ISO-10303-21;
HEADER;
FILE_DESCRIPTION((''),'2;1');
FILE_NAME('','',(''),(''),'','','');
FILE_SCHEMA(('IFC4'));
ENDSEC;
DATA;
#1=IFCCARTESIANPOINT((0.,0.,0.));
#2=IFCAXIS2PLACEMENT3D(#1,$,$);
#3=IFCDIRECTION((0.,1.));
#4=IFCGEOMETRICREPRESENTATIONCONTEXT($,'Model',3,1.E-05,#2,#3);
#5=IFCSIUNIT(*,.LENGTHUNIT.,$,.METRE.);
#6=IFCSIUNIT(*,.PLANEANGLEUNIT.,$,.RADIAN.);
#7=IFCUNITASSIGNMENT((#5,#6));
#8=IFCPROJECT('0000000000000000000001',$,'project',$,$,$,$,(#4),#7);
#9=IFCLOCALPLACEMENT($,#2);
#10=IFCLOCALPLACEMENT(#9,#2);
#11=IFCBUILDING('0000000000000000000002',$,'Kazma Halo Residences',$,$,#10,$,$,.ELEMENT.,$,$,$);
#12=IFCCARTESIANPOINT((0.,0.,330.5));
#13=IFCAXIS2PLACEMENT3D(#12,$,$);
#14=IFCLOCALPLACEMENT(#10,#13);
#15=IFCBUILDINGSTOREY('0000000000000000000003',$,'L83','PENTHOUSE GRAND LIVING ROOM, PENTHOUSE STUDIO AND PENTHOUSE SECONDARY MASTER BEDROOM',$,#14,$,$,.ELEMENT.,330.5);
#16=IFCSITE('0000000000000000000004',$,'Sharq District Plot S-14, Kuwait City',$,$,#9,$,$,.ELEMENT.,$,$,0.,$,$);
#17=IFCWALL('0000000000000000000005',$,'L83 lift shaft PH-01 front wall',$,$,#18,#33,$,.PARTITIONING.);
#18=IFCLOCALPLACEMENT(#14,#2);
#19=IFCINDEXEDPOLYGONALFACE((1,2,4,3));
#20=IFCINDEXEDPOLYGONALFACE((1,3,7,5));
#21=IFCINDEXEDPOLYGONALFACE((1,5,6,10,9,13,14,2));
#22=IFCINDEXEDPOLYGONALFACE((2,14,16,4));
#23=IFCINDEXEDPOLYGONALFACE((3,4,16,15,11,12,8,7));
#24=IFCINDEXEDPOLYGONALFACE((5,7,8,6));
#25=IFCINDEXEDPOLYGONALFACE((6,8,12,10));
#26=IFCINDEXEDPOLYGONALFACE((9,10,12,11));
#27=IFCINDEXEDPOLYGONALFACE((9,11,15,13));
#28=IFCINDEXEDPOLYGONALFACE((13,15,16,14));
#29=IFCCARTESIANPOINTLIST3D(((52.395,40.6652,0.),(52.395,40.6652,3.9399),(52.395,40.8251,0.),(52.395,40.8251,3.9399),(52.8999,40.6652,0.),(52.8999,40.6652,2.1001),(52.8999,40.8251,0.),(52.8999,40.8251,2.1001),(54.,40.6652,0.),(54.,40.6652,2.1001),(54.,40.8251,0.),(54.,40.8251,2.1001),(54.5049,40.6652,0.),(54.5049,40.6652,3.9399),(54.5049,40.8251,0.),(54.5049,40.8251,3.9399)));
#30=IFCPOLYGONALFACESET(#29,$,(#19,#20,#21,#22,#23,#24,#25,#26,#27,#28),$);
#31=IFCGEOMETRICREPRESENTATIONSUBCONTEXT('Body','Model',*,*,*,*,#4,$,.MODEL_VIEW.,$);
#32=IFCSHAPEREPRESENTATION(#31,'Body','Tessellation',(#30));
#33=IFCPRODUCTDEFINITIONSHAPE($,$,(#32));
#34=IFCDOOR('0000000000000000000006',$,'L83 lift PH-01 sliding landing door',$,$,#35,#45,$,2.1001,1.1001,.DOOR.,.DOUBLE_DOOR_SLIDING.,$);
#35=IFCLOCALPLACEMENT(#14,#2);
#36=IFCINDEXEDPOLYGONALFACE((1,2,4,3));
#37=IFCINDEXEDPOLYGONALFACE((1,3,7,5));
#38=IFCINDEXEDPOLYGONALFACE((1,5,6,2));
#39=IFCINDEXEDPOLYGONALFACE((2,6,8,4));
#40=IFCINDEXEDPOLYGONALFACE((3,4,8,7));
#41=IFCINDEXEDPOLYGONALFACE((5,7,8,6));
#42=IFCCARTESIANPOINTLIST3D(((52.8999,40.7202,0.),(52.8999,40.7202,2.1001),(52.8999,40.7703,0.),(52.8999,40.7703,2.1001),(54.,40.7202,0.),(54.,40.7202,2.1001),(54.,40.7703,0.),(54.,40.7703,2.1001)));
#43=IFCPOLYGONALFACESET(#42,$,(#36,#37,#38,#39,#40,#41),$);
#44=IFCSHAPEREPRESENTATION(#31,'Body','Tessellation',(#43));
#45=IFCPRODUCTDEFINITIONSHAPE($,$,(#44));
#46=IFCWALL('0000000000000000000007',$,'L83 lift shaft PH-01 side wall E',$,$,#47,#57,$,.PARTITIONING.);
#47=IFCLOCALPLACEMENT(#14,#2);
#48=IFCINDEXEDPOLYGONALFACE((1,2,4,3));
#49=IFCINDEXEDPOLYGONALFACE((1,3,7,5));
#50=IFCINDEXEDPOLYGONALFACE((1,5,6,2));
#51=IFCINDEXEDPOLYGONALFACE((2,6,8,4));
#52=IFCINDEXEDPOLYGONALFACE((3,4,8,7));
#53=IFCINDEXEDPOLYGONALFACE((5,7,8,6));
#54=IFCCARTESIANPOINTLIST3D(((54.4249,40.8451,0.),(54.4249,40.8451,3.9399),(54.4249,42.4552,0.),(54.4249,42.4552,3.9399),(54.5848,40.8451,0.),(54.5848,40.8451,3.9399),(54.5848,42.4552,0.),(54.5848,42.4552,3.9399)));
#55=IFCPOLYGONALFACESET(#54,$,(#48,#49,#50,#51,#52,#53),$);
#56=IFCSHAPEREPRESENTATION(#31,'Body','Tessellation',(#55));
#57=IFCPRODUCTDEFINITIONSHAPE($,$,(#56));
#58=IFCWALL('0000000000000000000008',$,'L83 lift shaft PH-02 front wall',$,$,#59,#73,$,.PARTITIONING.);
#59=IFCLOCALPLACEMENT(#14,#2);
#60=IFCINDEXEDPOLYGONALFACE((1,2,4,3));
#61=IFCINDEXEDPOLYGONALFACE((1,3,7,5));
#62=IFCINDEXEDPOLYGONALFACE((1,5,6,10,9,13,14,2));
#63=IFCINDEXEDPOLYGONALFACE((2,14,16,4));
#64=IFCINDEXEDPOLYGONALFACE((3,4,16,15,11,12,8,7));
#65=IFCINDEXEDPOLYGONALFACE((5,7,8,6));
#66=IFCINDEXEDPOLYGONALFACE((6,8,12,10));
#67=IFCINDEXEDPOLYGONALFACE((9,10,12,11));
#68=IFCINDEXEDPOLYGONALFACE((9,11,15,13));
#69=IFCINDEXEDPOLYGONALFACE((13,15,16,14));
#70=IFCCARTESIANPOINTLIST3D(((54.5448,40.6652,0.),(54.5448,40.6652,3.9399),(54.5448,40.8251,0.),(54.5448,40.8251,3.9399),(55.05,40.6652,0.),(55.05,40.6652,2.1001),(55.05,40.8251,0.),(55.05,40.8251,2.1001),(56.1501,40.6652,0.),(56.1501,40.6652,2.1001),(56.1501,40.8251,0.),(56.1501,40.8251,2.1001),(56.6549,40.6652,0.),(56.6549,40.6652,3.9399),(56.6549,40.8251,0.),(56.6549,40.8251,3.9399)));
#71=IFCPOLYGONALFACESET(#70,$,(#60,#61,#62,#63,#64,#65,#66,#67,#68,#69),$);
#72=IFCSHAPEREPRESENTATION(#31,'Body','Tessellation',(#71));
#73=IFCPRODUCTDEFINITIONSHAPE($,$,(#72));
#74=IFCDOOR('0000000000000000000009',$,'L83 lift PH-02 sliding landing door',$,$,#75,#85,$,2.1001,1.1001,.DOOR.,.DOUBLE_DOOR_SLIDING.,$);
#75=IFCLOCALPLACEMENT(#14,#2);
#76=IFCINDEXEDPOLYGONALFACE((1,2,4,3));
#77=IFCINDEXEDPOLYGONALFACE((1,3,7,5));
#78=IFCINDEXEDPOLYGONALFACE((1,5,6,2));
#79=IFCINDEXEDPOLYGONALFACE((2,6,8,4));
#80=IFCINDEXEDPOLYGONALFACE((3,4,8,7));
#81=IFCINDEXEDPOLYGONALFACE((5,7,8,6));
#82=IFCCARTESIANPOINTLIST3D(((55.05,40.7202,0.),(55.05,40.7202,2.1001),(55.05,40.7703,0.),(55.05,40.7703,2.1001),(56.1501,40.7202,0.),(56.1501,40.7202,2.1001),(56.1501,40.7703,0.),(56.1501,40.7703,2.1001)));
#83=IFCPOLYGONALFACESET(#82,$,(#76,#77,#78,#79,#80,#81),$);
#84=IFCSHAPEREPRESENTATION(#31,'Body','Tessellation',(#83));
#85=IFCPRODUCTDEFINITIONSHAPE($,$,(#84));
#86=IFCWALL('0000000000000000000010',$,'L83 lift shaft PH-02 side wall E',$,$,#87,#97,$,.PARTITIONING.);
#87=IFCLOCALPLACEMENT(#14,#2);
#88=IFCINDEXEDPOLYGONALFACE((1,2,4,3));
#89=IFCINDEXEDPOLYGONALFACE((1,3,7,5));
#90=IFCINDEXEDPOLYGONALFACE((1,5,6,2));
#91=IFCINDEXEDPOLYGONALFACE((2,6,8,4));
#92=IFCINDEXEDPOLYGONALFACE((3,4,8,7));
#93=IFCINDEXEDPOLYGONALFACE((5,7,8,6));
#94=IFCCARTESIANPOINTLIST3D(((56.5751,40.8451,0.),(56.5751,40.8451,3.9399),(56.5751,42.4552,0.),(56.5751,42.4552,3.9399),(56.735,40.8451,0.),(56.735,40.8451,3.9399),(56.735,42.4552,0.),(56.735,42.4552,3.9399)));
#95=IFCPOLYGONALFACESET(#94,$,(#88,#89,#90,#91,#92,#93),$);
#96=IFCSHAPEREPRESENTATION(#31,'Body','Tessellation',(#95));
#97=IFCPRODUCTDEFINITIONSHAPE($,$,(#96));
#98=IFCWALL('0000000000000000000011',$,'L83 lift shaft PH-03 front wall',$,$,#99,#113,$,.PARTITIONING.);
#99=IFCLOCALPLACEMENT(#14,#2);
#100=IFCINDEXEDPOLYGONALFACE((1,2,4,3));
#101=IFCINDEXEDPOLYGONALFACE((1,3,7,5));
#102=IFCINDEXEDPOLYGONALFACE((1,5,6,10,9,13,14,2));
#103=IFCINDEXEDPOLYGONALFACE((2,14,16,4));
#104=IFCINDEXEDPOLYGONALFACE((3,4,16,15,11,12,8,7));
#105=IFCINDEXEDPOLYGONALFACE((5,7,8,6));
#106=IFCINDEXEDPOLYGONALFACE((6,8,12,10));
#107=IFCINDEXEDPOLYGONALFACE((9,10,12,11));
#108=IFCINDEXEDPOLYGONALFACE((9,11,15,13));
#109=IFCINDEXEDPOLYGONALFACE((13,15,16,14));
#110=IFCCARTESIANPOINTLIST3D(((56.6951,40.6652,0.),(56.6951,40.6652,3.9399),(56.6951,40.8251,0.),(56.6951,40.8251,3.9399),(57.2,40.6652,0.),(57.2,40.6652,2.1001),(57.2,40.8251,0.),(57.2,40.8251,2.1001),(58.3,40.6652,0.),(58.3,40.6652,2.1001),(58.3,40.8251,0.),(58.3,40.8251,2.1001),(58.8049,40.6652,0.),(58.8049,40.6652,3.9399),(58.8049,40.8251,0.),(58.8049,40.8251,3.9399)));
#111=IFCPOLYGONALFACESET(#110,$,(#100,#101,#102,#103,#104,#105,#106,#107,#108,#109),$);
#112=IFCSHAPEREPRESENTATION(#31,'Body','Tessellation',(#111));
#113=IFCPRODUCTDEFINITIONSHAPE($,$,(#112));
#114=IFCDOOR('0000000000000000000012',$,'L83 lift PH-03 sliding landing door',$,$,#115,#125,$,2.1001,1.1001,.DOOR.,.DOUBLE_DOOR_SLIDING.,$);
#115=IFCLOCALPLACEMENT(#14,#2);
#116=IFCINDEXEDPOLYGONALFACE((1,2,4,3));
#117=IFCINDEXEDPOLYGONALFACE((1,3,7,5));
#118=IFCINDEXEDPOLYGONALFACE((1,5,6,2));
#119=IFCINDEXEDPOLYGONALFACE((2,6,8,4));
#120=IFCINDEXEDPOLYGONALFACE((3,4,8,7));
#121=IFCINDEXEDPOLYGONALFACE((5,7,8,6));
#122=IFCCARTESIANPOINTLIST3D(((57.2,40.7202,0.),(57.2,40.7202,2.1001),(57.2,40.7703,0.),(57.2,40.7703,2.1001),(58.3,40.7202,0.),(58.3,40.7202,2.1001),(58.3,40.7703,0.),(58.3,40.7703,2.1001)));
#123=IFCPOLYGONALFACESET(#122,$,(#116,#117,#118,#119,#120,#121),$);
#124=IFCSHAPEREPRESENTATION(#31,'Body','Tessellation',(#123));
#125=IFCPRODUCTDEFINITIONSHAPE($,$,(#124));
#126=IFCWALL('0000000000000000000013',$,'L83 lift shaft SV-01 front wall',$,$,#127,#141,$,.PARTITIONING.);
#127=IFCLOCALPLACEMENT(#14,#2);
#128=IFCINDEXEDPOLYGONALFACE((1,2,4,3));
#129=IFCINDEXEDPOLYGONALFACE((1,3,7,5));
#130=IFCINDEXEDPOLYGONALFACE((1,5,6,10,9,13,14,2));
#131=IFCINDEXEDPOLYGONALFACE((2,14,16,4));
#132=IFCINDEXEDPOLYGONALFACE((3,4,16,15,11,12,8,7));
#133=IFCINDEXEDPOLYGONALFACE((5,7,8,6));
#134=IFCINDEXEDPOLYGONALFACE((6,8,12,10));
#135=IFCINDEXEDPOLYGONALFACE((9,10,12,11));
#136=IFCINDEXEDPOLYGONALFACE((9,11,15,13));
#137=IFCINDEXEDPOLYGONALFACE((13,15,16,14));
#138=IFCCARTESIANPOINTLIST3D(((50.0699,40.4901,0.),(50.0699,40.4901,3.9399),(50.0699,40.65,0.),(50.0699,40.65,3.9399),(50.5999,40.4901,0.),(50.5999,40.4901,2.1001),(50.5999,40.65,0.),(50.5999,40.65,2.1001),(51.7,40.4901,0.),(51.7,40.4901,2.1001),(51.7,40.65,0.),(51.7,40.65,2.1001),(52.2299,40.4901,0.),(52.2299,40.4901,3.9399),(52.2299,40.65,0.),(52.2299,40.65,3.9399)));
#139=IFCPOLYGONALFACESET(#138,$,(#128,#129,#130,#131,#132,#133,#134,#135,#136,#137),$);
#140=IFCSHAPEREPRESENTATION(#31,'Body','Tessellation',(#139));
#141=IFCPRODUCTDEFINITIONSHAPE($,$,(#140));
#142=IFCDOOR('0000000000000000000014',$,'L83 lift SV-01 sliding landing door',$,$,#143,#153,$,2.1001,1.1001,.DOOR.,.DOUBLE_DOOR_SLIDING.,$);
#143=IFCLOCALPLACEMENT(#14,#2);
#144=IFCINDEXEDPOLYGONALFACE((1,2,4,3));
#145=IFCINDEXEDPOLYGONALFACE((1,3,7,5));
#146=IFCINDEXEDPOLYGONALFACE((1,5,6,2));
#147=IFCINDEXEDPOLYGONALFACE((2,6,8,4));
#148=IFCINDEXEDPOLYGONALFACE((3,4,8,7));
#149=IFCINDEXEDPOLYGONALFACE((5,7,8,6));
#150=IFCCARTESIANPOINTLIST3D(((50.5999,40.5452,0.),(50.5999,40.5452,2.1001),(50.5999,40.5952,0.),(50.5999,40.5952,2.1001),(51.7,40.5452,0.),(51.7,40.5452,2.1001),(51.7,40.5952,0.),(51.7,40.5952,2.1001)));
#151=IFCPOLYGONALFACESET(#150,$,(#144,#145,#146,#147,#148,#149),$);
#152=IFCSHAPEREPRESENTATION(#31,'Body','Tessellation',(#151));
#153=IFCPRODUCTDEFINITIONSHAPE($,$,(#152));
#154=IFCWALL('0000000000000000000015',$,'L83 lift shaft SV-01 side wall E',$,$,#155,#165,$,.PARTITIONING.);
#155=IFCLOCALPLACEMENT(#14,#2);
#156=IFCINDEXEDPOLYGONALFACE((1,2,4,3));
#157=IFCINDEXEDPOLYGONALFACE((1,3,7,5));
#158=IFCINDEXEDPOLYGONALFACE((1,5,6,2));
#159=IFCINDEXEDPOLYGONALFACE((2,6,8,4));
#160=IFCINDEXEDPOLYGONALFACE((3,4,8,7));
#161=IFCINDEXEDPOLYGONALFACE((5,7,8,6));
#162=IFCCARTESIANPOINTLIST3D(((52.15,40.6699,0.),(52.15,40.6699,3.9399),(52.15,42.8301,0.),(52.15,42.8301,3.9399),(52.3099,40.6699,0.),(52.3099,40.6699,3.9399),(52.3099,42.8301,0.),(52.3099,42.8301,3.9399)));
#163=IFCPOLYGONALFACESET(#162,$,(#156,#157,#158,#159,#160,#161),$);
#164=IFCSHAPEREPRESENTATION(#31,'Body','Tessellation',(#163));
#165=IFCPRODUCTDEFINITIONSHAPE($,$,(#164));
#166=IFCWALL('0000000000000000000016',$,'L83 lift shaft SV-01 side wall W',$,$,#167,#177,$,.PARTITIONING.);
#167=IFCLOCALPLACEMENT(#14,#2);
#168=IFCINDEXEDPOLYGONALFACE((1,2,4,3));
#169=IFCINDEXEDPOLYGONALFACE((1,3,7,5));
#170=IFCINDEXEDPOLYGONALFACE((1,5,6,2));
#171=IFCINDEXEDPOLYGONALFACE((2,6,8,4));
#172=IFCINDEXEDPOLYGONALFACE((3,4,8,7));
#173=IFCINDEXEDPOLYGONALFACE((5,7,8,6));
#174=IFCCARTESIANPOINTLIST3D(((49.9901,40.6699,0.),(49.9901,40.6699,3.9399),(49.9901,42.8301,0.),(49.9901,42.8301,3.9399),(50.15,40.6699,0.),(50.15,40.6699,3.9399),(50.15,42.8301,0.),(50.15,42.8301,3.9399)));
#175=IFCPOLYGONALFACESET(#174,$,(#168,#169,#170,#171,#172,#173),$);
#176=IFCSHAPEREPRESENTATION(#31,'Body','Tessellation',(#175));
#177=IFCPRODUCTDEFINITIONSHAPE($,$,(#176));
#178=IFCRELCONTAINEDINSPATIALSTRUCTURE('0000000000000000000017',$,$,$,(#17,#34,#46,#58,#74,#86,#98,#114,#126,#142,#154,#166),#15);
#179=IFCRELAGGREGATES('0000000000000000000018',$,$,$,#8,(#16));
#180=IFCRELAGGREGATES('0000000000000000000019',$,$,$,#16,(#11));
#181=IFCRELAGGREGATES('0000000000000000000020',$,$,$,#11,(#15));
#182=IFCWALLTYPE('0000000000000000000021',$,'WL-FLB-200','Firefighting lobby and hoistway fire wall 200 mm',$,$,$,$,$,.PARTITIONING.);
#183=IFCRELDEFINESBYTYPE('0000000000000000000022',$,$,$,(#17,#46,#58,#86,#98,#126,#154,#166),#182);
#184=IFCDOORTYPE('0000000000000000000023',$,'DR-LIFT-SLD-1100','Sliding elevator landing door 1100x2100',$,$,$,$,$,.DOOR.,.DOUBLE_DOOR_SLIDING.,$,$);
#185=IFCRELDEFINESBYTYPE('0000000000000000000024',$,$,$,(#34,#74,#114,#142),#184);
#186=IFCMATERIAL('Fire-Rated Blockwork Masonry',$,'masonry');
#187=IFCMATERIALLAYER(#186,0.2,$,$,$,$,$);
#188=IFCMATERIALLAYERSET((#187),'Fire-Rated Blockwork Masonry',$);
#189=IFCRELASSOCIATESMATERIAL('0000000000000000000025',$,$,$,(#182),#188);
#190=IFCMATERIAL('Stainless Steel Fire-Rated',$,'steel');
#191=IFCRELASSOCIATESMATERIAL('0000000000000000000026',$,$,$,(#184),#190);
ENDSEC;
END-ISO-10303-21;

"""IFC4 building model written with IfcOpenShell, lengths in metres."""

from ifc_helpers import new_model, si_unit, direction, frame, frame_2d, origin, place, context, subcontext, project, spatial, rectangle, extrude, material, layer, layer_set, type_object, element, fill, save


model = new_model("IFC4")

# Units and contexts
model_context = context("Model", 3, precision=1e-05, world=origin(), true_north=direction((0.0, 1.0)))
body_context = subcontext(model_context, "Body", "Model", "MODEL_VIEW")
ifc_project = project(units=[si_unit("LENGTHUNIT", "METRE"), si_unit("PLANEANGLEUNIT", "RADIAN")], contexts=[model_context])

# Site, building, storey
site_placement = place(None, origin())
site = spatial("IfcSite", under=ifc_project, at=site_placement, Name="Sharq District Plot S-14, Kuwait City", CompositionType="ELEMENT", RefElevation=0.0)
building_placement = place(site_placement, origin())
building = spatial("IfcBuilding", under=site, at=building_placement, Name="Kazma Halo Residences", CompositionType="ELEMENT")
storey_placement = place(building_placement, frame((0.0, 0.0, 330.5)))
storey = spatial("IfcBuildingStorey", under=building, at=storey_placement, Name="L83", Description="PENTHOUSE GRAND LIVING ROOM, PENTHOUSE STUDIO AND PENTHOUSE SECONDARY MASTER BEDROOM", CompositionType="ELEMENT", Elevation=330.5)

# Wall, opening, door
ifc_material_1 = material(Name="Fire-Rated Blockwork Masonry", Category="masonry")
ifc_layer_1 = layer(ifc_material_1, 0.2)
ifc_layer_set_1 = layer_set([ifc_layer_1], Name="Fire-Rated Blockwork Masonry")
wall_type_1 = type_object("IfcWallType", Name="WL-FLB-200", Description="Firefighting lobby and hoistway fire wall 200 mm", PredefinedType="PARTITIONING", material=ifc_layer_set_1)
wall_1_placement = place(storey_placement, frame((54.5049, 40.7451, 0.0), z_axis=(0.0, 0.0, 1.0), x_axis=(-1.0, 0.0, 0.0)))
wall_1 = element("IfcWall", 1, at=wall_1_placement, inside=storey, type_object=wall_type_1, Name="L83 lift shaft PH-01 front wall", PredefinedType="PARTITIONING", context=body_context, shape_type="SweptSolid", body=[
    extrude(rectangle(XDim=2.1099, YDim=0.1599, at=frame_2d((1.0549, 0.0))), origin(), (0.0, 0.0, 1.0), 3.9399),
])
opening_1_placement = place(wall_1_placement, frame((0.5049, 0.0, 0.0)))
opening_1 = element("IfcOpeningElement", 2, at=opening_1_placement, cuts=wall_1, PredefinedType="OPENING", context=body_context, shape_type="SweptSolid", body=[
    extrude(rectangle(XDim=1.1001, YDim=2.1001, at=frame_2d((0.55, 1.05))), frame((0.0, 0.0898, 0.0), z_axis=(0.0, -1.0, 0.0), x_axis=(1.0, 0.0, 0.0)), (0.0, 0.0, 1.0), 0.1799),
])
ifc_material_2 = material(Name="Stainless Steel Fire-Rated", Category="steel")
door_type_1 = type_object("IfcDoorType", Name="DR-LIFT-SLD-1100", Description="Sliding elevator landing door 1100x2100", OperationType="DOUBLE_DOOR_SLIDING", PredefinedType="DOOR", material=ifc_material_2)
door_1_placement = place(opening_1_placement, origin())
door_1 = element("IfcDoor", 3, at=door_1_placement, inside=storey, type_object=door_type_1, Name="L83 lift PH-01 sliding landing door", OperationType="DOUBLE_DOOR_SLIDING", OverallHeight=2.1001, OverallWidth=1.1001, PredefinedType="DOOR", context=body_context, shape_type="SweptSolid", body=[
    extrude(rectangle(XDim=1.1001, YDim=2.1001, at=frame_2d((0.55, 1.05))), frame((0.0, 0.0249, 0.0), z_axis=(0.0, -1.0, 0.0), x_axis=(1.0, 0.0, 0.0)), (0.0, 0.0, 1.0), 0.05),
])
fill(opening_1, door_1)

# Wall
wall_2_placement = place(storey_placement, frame((54.5049, 40.845, 0.0), z_axis=(0.0, 0.0, 1.0), x_axis=(0.0, 1.0, 0.0)))
element("IfcWall", 4, at=wall_2_placement, inside=storey, type_object=wall_type_1, Name="L83 lift shaft PH-01 side wall E", PredefinedType="PARTITIONING", context=body_context, shape_type="SweptSolid", body=[
    extrude(rectangle(XDim=1.6101, YDim=0.1599, at=frame_2d((0.8052, 0.0))), origin(), (0.0, 0.0, 1.0), 3.9399),
])

# Wall, opening, door
wall_3_placement = place(storey_placement, frame((56.655, 40.7451, 0.0), z_axis=(0.0, 0.0, 1.0), x_axis=(-1.0, 0.0, 0.0)))
wall_3 = element("IfcWall", 5, at=wall_3_placement, inside=storey, type_object=wall_type_1, Name="L83 lift shaft PH-02 front wall", PredefinedType="PARTITIONING", context=body_context, shape_type="SweptSolid", body=[
    extrude(rectangle(XDim=2.1101, YDim=0.1599, at=frame_2d((1.0552, 0.0))), origin(), (0.0, 0.0, 1.0), 3.9399),
])
opening_2_placement = place(wall_3_placement, frame((0.5049, 0.0, 0.0)))
opening_2 = element("IfcOpeningElement", 6, at=opening_2_placement, cuts=wall_3, PredefinedType="OPENING", context=body_context, shape_type="SweptSolid", body=[
    extrude(rectangle(XDim=1.1001, YDim=2.1001, at=frame_2d((0.55, 1.05))), frame((0.0, 0.0898, 0.0), z_axis=(0.0, -1.0, 0.0), x_axis=(1.0, 0.0, 0.0)), (0.0, 0.0, 1.0), 0.1799),
])
door_2_placement = place(opening_2_placement, origin())
door_2 = element("IfcDoor", 7, at=door_2_placement, inside=storey, type_object=door_type_1, Name="L83 lift PH-02 sliding landing door", OperationType="DOUBLE_DOOR_SLIDING", OverallHeight=2.1001, OverallWidth=1.1001, PredefinedType="DOOR", context=body_context, shape_type="SweptSolid", body=[
    extrude(rectangle(XDim=1.1001, YDim=2.1001, at=frame_2d((0.55, 1.05))), frame((0.0, 0.0249, 0.0), z_axis=(0.0, -1.0, 0.0), x_axis=(1.0, 0.0, 0.0)), (0.0, 0.0, 1.0), 0.05),
])
fill(opening_2, door_2)

# Wall
wall_4_placement = place(storey_placement, frame((56.655, 40.845, 0.0), z_axis=(0.0, 0.0, 1.0), x_axis=(0.0, 1.0, 0.0)))
element("IfcWall", 8, at=wall_4_placement, inside=storey, type_object=wall_type_1, Name="L83 lift shaft PH-02 side wall E", PredefinedType="PARTITIONING", context=body_context, shape_type="SweptSolid", body=[
    extrude(rectangle(XDim=1.6101, YDim=0.1599, at=frame_2d((0.8052, 0.0))), origin(), (0.0, 0.0, 1.0), 3.9399),
])

# Walls, openings, doors
wall_5_placement = place(storey_placement, frame((58.8049, 40.7451, 0.0), z_axis=(0.0, 0.0, 1.0), x_axis=(-1.0, 0.0, 0.0)))
wall_5 = element("IfcWall", 9, at=wall_5_placement, inside=storey, type_object=wall_type_1, Name="L83 lift shaft PH-03 front wall", PredefinedType="PARTITIONING", context=body_context, shape_type="SweptSolid", body=[
    extrude(rectangle(XDim=2.1099, YDim=0.1599, at=frame_2d((1.0549, 0.0))), origin(), (0.0, 0.0, 1.0), 3.9399),
])
opening_3_placement = place(wall_5_placement, frame((0.5049, 0.0, 0.0)))
opening_3 = element("IfcOpeningElement", 10, at=opening_3_placement, cuts=wall_5, PredefinedType="OPENING", context=body_context, shape_type="SweptSolid", body=[
    extrude(rectangle(XDim=1.1001, YDim=2.1001, at=frame_2d((0.55, 1.05))), frame((0.0, 0.0898, 0.0), z_axis=(0.0, -1.0, 0.0), x_axis=(1.0, 0.0, 0.0)), (0.0, 0.0, 1.0), 0.1799),
])
door_3_placement = place(opening_3_placement, origin())
door_3 = element("IfcDoor", 11, at=door_3_placement, inside=storey, type_object=door_type_1, Name="L83 lift PH-03 sliding landing door", OperationType="DOUBLE_DOOR_SLIDING", OverallHeight=2.1001, OverallWidth=1.1001, PredefinedType="DOOR", context=body_context, shape_type="SweptSolid", body=[
    extrude(rectangle(XDim=1.1001, YDim=2.1001, at=frame_2d((0.55, 1.05))), frame((0.0, 0.0249, 0.0), z_axis=(0.0, -1.0, 0.0), x_axis=(1.0, 0.0, 0.0)), (0.0, 0.0, 1.0), 0.05),
])
fill(opening_3, door_3)
wall_6_placement = place(storey_placement, frame((52.23, 40.5701, 0.0), z_axis=(0.0, 0.0, 1.0), x_axis=(-1.0, 0.0, 0.0)))
wall_6 = element("IfcWall", 12, at=wall_6_placement, inside=storey, type_object=wall_type_1, Name="L83 lift shaft SV-01 front wall", PredefinedType="PARTITIONING", context=body_context, shape_type="SweptSolid", body=[
    extrude(rectangle(XDim=2.1599, YDim=0.1599, at=frame_2d((1.0801, 0.0))), origin(), (0.0, 0.0, 1.0), 3.9399),
])
opening_4_placement = place(wall_6_placement, frame((0.53, 0.0, 0.0)))
opening_4 = element("IfcOpeningElement", 13, at=opening_4_placement, cuts=wall_6, PredefinedType="OPENING", context=body_context, shape_type="SweptSolid", body=[
    extrude(rectangle(XDim=1.1001, YDim=2.1001, at=frame_2d((0.55, 1.05))), frame((0.0, 0.0898, 0.0), z_axis=(0.0, -1.0, 0.0), x_axis=(1.0, 0.0, 0.0)), (0.0, 0.0, 1.0), 0.1799),
])
door_4_placement = place(opening_4_placement, origin())
door_4 = element("IfcDoor", 14, at=door_4_placement, inside=storey, type_object=door_type_1, Name="L83 lift SV-01 sliding landing door", OperationType="DOUBLE_DOOR_SLIDING", OverallHeight=2.1001, OverallWidth=1.1001, PredefinedType="DOOR", context=body_context, shape_type="SweptSolid", body=[
    extrude(rectangle(XDim=1.1001, YDim=2.1001, at=frame_2d((0.55, 1.05))), frame((0.0, 0.0249, 0.0), z_axis=(0.0, -1.0, 0.0), x_axis=(1.0, 0.0, 0.0)), (0.0, 0.0, 1.0), 0.05),
])
fill(opening_4, door_4)

# Walls
for number, where, z_axis, x_axis, name in (
    (15, (52.23, 40.6699, 0.0), (0.0, 0.0, 1.0), (0.0, 1.0, 0.0), "L83 lift shaft SV-01 side wall E"),
    (16, (50.0701, 40.6699, 0.0), (0.0, 0.0, 1.0), (0.0, 1.0, 0.0), "L83 lift shaft SV-01 side wall W"),
):
    element("IfcWall", number, at=place(storey_placement, frame(where, z_axis=z_axis, x_axis=x_axis)), inside=storey, type_object=wall_type_1, Name=name, PredefinedType="PARTITIONING", context=body_context, shape_type="SweptSolid", body=[
        extrude(rectangle(XDim=2.1602, YDim=0.1599, at=frame_2d((1.0801, 0.0))), origin(), (0.0, 0.0, 1.0), 3.9399),
    ])

save(model, "model.ifc")
